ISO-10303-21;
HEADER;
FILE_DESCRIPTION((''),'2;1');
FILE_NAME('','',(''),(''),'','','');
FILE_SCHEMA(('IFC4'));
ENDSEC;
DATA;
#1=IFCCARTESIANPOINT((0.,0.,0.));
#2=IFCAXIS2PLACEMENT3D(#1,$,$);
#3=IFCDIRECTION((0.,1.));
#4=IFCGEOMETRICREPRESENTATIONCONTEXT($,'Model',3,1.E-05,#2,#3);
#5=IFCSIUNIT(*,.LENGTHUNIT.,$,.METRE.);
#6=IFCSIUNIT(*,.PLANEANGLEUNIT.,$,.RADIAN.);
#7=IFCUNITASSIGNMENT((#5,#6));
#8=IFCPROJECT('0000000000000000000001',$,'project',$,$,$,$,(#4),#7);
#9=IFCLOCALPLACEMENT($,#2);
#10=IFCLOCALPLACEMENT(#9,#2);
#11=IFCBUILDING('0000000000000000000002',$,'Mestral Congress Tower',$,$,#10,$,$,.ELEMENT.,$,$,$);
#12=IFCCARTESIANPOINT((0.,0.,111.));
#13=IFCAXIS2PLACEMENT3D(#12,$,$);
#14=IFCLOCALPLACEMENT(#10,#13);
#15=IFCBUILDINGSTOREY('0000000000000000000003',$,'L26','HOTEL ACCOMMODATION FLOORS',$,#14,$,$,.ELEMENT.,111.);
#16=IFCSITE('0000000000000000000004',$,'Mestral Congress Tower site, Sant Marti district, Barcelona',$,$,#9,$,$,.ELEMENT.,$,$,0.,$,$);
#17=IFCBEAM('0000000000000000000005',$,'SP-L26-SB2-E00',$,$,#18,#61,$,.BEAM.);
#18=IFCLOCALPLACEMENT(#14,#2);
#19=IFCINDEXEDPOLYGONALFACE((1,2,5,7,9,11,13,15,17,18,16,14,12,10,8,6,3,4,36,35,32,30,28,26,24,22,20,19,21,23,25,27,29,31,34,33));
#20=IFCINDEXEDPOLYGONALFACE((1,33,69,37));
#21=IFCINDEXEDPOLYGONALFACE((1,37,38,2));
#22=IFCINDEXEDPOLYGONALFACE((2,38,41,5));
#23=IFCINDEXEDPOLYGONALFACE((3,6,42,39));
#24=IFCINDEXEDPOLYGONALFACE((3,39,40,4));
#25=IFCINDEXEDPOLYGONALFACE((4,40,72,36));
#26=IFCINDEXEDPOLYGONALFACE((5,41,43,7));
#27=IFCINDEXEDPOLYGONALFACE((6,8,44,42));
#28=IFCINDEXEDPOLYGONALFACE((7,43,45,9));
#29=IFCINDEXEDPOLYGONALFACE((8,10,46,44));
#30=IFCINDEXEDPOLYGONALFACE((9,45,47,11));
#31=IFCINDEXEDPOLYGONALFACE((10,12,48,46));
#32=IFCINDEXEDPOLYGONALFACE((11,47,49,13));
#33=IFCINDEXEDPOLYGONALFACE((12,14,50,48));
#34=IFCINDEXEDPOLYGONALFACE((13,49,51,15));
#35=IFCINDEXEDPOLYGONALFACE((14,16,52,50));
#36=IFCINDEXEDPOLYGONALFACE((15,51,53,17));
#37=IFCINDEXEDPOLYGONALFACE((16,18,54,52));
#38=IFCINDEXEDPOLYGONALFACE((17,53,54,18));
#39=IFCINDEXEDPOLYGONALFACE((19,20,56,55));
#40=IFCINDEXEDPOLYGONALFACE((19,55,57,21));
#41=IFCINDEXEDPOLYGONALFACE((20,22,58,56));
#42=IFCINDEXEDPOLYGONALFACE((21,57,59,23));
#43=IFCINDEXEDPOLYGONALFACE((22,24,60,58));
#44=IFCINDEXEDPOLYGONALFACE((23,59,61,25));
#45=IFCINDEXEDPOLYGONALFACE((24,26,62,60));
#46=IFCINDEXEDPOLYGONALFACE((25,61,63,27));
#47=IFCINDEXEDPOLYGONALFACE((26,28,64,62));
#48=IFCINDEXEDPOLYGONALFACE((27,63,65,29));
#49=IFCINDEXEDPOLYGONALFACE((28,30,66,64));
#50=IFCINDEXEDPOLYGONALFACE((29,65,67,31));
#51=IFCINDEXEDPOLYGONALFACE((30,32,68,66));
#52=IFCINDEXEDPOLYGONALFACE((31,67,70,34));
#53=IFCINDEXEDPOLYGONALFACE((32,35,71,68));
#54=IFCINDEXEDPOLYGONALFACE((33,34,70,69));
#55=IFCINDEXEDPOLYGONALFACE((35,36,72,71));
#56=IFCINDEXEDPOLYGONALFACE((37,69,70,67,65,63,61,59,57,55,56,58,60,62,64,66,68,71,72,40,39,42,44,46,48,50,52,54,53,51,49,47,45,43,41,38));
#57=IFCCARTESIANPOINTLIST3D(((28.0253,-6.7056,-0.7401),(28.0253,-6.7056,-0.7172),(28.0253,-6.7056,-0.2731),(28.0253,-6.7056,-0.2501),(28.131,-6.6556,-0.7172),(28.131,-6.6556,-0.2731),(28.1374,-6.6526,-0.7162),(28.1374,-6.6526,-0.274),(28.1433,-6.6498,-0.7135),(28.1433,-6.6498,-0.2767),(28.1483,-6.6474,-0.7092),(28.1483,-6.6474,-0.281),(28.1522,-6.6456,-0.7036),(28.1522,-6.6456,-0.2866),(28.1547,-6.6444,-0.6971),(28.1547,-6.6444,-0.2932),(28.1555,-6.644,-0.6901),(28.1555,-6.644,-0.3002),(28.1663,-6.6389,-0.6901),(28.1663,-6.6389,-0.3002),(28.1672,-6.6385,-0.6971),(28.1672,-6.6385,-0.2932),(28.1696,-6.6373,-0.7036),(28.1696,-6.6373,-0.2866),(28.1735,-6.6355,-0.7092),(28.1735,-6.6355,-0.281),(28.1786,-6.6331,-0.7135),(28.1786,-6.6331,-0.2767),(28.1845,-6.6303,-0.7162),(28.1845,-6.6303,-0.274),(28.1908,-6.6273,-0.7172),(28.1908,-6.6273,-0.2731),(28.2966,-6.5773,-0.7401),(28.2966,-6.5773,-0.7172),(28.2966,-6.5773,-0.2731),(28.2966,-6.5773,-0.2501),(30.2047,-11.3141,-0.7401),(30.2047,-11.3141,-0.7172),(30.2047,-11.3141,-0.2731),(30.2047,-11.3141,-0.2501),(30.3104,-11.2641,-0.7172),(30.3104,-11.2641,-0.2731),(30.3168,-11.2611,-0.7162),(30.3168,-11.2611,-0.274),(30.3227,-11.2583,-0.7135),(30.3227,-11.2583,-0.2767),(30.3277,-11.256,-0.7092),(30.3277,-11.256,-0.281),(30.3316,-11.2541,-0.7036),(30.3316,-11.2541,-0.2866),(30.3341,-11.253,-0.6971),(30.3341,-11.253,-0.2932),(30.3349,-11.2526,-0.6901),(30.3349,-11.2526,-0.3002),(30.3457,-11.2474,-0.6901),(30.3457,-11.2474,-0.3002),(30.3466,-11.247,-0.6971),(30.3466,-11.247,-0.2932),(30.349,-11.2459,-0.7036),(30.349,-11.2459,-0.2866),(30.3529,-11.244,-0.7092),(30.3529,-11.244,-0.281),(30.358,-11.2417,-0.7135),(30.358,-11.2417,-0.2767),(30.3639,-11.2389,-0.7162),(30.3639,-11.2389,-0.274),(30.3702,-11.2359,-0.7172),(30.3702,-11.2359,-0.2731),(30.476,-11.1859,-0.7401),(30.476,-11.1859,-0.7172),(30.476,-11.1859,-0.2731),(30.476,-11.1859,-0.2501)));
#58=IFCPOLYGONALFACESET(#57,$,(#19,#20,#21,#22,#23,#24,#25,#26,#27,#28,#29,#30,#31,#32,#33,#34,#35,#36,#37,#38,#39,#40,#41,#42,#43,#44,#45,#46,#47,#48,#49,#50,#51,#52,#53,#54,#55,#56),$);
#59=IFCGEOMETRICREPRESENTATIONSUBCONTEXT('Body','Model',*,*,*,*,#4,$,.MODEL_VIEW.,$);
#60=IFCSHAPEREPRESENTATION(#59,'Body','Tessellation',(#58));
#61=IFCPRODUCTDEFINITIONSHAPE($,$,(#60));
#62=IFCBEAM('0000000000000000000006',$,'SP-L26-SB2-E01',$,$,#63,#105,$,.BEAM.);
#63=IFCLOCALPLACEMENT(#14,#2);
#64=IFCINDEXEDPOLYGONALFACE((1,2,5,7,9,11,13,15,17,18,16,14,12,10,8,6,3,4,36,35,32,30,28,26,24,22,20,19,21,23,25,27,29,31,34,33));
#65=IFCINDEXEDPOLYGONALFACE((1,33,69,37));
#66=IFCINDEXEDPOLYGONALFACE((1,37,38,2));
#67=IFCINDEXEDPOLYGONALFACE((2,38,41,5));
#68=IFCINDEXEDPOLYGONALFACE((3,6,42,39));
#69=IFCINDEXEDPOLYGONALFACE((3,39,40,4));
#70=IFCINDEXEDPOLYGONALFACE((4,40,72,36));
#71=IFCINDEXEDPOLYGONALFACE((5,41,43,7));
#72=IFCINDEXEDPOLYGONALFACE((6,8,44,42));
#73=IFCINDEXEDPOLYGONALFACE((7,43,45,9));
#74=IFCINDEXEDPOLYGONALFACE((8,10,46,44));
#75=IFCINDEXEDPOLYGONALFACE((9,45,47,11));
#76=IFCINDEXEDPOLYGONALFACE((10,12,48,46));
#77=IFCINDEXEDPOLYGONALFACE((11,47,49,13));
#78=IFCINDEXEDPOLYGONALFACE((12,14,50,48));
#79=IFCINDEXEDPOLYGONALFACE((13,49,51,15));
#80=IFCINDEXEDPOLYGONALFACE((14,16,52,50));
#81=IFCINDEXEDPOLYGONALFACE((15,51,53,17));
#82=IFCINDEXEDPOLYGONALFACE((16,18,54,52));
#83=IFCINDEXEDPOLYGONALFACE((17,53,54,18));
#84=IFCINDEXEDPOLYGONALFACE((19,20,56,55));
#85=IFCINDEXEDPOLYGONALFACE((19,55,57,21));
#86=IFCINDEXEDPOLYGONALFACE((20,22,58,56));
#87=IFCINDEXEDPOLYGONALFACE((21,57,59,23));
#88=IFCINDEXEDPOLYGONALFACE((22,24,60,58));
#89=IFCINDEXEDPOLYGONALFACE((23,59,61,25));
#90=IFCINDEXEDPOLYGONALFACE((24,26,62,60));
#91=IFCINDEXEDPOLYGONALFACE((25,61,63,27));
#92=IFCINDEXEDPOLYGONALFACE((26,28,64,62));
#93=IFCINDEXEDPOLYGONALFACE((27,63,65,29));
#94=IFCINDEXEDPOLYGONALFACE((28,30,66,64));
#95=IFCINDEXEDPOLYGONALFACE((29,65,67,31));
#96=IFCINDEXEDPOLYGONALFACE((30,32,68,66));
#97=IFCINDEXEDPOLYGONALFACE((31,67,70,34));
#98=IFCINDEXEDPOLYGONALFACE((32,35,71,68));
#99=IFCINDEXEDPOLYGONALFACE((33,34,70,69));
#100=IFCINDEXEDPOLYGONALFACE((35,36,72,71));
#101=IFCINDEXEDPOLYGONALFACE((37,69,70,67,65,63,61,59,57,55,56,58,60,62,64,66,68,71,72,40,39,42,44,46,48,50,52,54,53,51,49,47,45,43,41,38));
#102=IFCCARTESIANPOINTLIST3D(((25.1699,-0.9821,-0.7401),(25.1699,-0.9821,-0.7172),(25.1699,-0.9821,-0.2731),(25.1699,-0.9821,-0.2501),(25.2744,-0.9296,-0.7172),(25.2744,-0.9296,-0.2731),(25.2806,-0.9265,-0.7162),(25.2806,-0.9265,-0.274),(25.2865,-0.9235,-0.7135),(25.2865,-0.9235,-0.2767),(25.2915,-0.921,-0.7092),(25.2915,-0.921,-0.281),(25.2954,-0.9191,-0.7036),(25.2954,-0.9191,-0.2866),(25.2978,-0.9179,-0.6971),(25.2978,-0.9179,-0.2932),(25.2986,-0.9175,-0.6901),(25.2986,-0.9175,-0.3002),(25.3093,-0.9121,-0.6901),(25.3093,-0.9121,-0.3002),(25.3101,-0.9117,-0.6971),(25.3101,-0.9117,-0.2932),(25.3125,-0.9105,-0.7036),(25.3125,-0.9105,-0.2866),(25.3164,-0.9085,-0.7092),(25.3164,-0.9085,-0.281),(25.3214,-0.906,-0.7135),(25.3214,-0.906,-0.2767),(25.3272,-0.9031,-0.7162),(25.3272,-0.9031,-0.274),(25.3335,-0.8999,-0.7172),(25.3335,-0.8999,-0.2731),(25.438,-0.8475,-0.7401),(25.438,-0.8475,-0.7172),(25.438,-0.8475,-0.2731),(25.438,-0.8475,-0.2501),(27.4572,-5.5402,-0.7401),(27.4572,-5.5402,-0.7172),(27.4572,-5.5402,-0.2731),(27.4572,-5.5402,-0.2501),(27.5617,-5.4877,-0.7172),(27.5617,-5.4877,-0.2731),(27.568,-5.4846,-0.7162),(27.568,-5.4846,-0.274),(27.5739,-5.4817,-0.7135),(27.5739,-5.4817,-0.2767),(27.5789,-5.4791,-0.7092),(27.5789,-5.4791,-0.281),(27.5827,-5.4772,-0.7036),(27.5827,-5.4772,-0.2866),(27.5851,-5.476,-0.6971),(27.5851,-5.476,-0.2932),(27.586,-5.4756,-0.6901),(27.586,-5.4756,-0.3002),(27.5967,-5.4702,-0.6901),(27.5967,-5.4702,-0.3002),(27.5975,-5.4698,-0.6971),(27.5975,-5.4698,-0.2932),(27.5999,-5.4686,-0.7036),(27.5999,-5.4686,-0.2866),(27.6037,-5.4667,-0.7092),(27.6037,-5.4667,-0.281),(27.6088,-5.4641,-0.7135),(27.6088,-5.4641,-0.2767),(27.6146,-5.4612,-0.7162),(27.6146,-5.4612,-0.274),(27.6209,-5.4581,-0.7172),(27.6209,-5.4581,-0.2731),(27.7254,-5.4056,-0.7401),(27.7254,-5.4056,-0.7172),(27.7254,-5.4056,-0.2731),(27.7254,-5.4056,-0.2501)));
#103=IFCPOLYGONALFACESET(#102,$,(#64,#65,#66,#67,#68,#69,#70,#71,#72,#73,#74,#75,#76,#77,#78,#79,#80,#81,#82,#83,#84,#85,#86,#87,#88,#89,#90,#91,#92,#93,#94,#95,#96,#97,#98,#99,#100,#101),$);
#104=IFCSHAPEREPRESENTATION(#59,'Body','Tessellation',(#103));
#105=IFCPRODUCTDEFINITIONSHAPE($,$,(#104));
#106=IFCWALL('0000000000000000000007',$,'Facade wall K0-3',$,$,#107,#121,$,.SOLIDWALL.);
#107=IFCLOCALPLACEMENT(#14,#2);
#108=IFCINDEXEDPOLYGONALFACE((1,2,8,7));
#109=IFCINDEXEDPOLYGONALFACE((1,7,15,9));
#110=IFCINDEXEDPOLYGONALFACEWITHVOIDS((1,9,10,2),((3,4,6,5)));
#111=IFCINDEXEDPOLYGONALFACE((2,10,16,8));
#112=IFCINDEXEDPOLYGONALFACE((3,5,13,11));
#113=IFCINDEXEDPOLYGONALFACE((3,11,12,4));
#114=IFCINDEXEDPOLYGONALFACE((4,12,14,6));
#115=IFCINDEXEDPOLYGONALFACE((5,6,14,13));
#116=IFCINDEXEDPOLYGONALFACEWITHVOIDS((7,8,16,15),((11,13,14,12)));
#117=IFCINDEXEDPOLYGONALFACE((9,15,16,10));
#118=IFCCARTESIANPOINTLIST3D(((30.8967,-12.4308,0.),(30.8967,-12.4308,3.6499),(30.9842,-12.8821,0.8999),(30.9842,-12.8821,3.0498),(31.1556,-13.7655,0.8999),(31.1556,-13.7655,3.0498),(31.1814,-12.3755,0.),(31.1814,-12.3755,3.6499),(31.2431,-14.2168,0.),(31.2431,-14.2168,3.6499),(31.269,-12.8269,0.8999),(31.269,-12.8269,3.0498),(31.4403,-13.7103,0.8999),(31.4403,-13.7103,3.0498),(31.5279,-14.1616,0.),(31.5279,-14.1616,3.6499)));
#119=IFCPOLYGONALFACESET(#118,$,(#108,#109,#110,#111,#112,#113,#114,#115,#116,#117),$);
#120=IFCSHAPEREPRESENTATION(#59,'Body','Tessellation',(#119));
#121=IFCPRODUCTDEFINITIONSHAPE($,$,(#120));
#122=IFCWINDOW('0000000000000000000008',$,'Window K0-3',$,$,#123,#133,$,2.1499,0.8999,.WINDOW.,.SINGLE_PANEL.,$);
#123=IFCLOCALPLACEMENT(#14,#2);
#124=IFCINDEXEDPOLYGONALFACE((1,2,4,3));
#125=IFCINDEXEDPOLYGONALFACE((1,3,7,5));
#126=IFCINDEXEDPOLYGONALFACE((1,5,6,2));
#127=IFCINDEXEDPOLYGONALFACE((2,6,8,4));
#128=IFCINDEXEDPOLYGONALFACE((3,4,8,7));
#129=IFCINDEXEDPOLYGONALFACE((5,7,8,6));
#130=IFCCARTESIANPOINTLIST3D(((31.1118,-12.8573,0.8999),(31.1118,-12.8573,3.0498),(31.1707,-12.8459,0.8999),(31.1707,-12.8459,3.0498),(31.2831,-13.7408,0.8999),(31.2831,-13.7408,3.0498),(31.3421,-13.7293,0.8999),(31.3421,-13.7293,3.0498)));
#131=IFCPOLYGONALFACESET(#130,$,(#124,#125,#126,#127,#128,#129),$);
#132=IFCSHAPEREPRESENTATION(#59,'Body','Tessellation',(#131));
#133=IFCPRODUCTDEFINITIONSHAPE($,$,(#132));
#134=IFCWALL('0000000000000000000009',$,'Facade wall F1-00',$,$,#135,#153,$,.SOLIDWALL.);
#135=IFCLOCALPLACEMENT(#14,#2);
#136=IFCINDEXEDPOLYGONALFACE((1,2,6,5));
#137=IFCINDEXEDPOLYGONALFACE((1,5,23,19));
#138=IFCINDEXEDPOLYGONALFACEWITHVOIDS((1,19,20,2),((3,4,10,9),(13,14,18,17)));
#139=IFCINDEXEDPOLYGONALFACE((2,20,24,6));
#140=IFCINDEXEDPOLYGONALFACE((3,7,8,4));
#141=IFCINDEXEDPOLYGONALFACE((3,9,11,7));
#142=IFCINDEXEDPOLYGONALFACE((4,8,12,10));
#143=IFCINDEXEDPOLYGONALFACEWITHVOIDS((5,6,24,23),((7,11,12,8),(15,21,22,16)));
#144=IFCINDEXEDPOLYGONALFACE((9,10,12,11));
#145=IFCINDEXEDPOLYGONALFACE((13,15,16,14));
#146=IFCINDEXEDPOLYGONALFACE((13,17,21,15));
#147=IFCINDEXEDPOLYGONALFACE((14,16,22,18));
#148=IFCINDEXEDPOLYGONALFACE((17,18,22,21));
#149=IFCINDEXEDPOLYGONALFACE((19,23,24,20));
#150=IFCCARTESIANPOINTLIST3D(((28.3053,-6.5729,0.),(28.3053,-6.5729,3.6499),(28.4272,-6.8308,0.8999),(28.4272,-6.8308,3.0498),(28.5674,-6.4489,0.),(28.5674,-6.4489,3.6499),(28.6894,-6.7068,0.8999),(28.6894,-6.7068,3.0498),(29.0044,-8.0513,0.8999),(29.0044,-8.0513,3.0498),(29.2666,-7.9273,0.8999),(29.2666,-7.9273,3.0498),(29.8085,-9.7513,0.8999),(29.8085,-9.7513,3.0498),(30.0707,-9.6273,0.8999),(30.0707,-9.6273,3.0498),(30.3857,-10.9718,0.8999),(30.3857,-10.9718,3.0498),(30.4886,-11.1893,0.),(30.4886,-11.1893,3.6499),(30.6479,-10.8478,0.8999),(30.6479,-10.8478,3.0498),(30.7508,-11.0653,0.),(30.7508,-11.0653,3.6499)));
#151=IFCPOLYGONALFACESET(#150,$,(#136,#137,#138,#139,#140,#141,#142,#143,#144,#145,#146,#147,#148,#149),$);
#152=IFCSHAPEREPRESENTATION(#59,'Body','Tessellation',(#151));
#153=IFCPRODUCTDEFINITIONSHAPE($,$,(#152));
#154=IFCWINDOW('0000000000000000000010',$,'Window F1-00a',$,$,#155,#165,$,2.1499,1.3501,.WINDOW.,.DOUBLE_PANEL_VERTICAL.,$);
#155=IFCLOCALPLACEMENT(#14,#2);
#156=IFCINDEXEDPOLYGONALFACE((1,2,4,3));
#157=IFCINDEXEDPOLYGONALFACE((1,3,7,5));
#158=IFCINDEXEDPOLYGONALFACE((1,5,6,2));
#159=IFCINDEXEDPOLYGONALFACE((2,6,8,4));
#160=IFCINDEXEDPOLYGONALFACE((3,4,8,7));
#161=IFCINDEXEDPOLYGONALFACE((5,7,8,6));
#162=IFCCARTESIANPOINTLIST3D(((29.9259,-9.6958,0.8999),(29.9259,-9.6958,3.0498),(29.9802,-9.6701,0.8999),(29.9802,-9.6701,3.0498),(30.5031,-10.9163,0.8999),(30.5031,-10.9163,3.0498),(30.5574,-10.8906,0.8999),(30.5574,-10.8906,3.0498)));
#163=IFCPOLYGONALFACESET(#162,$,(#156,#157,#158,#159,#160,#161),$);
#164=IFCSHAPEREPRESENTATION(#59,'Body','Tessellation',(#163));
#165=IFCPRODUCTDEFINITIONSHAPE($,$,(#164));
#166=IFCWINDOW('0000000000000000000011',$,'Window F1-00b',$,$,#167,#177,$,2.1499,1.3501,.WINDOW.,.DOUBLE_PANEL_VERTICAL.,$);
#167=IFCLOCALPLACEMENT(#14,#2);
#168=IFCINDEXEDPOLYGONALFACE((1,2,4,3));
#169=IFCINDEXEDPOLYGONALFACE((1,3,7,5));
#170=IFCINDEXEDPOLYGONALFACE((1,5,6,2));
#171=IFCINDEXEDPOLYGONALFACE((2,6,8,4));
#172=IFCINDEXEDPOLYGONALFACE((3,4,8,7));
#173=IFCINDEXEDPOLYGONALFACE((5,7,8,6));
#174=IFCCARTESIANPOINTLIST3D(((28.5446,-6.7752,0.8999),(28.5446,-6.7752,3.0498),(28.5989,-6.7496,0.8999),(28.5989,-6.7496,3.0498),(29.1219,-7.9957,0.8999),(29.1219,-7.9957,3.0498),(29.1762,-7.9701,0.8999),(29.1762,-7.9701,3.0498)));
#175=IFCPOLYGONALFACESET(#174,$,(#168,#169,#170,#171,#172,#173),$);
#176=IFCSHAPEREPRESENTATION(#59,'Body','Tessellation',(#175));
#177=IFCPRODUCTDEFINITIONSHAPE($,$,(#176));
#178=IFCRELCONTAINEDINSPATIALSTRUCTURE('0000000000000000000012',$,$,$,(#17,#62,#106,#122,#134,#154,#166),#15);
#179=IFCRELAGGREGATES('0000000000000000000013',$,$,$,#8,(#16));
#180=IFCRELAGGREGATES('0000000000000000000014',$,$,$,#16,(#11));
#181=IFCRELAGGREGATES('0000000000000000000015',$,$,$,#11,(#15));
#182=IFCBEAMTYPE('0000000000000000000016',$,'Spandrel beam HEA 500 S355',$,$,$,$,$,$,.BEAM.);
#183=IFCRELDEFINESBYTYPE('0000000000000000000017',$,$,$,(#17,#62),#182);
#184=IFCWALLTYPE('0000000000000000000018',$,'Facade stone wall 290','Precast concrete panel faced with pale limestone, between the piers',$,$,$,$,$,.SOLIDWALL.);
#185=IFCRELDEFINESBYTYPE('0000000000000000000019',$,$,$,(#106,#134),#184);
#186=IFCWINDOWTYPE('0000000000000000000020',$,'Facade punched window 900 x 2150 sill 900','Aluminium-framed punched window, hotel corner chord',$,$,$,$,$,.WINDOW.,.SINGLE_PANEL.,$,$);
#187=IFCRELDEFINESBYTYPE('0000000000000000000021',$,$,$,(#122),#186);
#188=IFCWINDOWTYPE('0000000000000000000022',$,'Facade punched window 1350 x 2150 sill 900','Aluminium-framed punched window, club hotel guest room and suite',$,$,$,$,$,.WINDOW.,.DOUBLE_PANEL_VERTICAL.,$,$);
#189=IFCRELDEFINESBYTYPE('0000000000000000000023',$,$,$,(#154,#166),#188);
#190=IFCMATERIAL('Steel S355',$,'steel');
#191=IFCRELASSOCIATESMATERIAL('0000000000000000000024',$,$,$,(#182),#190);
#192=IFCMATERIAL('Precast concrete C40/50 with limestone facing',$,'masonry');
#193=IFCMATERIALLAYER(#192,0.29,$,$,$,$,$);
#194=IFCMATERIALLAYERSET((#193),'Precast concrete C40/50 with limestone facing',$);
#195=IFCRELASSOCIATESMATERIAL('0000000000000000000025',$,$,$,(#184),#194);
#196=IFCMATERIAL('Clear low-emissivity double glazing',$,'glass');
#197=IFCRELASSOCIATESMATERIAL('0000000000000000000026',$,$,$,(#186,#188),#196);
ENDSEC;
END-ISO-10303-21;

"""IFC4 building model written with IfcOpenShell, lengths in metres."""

from ifc_helpers import new_model, si_unit, direction, frame, frame_2d, origin, origin_2d, place, context, subcontext, project, spatial, rectangle, i_section, extrude, material, layer, layer_set, material_profile, profile_set, type_object, element, fill, save


model = new_model("IFC4")

# Units and contexts
model_context = context("Model", 3, precision=1e-05, world=origin(), true_north=direction((0.0, 1.0)))
body_context = subcontext(model_context, "Body", "Model", "MODEL_VIEW")
ifc_project = project(units=[si_unit("LENGTHUNIT", "METRE"), si_unit("PLANEANGLEUNIT", "RADIAN")], contexts=[model_context])

# Site, building, storey
site_placement = place(None, origin())
site = spatial("IfcSite", under=ifc_project, at=site_placement, Name="Mestral Congress Tower site, Sant Marti district, Barcelona", CompositionType="ELEMENT", RefElevation=0.0)
building_placement = place(site_placement, origin())
building = spatial("IfcBuilding", under=site, at=building_placement, Name="Mestral Congress Tower", CompositionType="ELEMENT")
storey_placement = place(building_placement, frame((0.0, 0.0, 111.0)))
storey = spatial("IfcBuildingStorey", under=building, at=storey_placement, Name="L26", Description="HOTEL ACCOMMODATION FLOORS", CompositionType="ELEMENT", Elevation=111.0)

# Beams
ifc_material_1 = material(Name="Steel S355", Category="steel")
ifc_material_profile_1 = material_profile(ifc_material_1, i_section(OverallWidth=0.3, OverallDepth=0.49, WebThickness=0.012, FlangeThickness=0.0229, FilletRadius=0.0271, at=origin_2d()), Name="HEA 500")
ifc_profile_set_1 = profile_set([ifc_material_profile_1], Name="Steel S355")
beam_type_1 = type_object("IfcBeamType", Name="Spandrel beam HEA 500 S355", PredefinedType="BEAM", material=ifc_profile_set_1)
beam_1_placement = place(storey_placement, frame((30.3403, -11.25, -0.4951), z_axis=(-0.42751, 0.904011, 0.0), x_axis=(-0.904011, -0.42751, 0.0)))
element("IfcBeam", 1, at=beam_1_placement, inside=storey, type_object=beam_type_1, Name="SP-L26-SB2-E00", PredefinedType="BEAM", context=body_context, shape_type="SweptSolid", body=[
    extrude(i_section(OverallWidth=0.3, OverallDepth=0.49, WebThickness=0.012, FlangeThickness=0.0229, FilletRadius=0.0271, at=origin_2d()), origin(), (0.0, 0.0, 1.0), 5.0979),
])
beam_2_placement = place(storey_placement, frame((27.5913, -5.4729, -0.4951), z_axis=(-0.448515, 0.893775, 0.0), x_axis=(-0.893775, -0.448515, 0.0)))
element("IfcBeam", 2, at=beam_2_placement, inside=storey, type_object=beam_type_1, Name="SP-L26-SB2-E01", PredefinedType="BEAM", context=body_context, shape_type="SweptSolid", body=[
    extrude(i_section(OverallWidth=0.3, OverallDepth=0.49, WebThickness=0.012, FlangeThickness=0.0229, FilletRadius=0.0271, at=origin_2d()), origin(), (0.0, 0.0, 1.0), 5.0999),
])

# Wall, opening, window
ifc_material_2 = material(Name="Precast concrete C40/50 with limestone facing", Category="masonry")
ifc_layer_1 = layer(ifc_material_2, 0.29)
ifc_layer_set_1 = layer_set([ifc_layer_1], Name="Precast concrete C40/50 with limestone facing")
wall_type_1 = type_object("IfcWallType", Name="Facade stone wall 290", Description="Precast concrete panel faced with pale limestone, between the piers", PredefinedType="SOLIDWALL", material=ifc_layer_set_1)
wall_1_placement = place(storey_placement, frame((31.3855, -14.1892, 0.0), z_axis=(0.0, 0.0, 1.0), x_axis=(-0.19041, 0.981705, 0.0)))
wall_1 = element("IfcWall", 3, at=wall_1_placement, inside=storey, type_object=wall_type_1, Name="Facade wall K0-3", PredefinedType="SOLIDWALL", context=body_context, shape_type="SweptSolid", body=[
    extrude(rectangle(XDim=1.8193, YDim=0.29, at=frame_2d((0.9097, 0.0))), origin(), (0.0, 0.0, 1.0), 3.6499),
])
opening_1_placement = place(wall_1_placement, frame((0.4597, 0.0, 0.8999)))
opening_1 = element("IfcOpeningElement", 4, at=opening_1_placement, cuts=wall_1, PredefinedType="OPENING", context=body_context, shape_type="SweptSolid", body=[
    extrude(rectangle(XDim=0.8999, YDim=2.1499, at=frame_2d((0.45, 1.075))), frame((0.0, 0.155, 0.0), z_axis=(0.0, -1.0, 0.0), x_axis=(1.0, 0.0, 0.0)), (0.0, 0.0, 1.0), 0.3101),
])
ifc_material_3 = material(Name="Clear low-emissivity double glazing", Category="glass")
window_type_1 = type_object("IfcWindowType", Name="Facade punched window 900 x 2150 sill 900", Description="Aluminium-framed punched window, hotel corner chord", PartitioningType="SINGLE_PANEL", PredefinedType="WINDOW", material=ifc_material_3)
window_1_placement = place(opening_1_placement, origin())
window_1 = element("IfcWindow", 5, at=window_1_placement, inside=storey, type_object=window_type_1, Name="Window K0-3", OverallHeight=2.1499, OverallWidth=0.8999, PartitioningType="SINGLE_PANEL", PredefinedType="WINDOW", context=body_context, shape_type="SweptSolid", body=[
    extrude(rectangle(XDim=0.8999, YDim=2.1499, at=frame_2d((0.45, 1.075))), frame((0.0, 0.0151, 0.0), z_axis=(0.0, -1.0, 0.0), x_axis=(1.0, 0.0, 0.0)), (0.0, 0.0, 1.0), 0.0601),
])
fill(opening_1, window_1)

# Wall, openings, windows
wall_2_placement = place(storey_placement, frame((30.6196, -11.1272, 0.0), z_axis=(0.0, 0.0, 1.0), x_axis=(-0.427544, 0.903995, 0.0)))
wall_2 = element("IfcWall", 6, at=wall_2_placement, inside=storey, type_object=wall_type_1, Name="Facade wall F1-00", PredefinedType="SOLIDWALL", context=body_context, shape_type="SweptSolid", body=[
    extrude(rectangle(XDim=5.1067, YDim=0.29, at=frame_2d((2.5532, 0.0))), origin(), (0.0, 0.0, 1.0), 3.6499),
])
opening_2_placement = place(wall_2_placement, frame((0.2405, 0.0, 0.8999)))
opening_2 = element("IfcOpeningElement", 7, at=opening_2_placement, cuts=wall_2, PredefinedType="OPENING", context=body_context, shape_type="SweptSolid", body=[
    extrude(rectangle(XDim=1.3501, YDim=2.1499, at=frame_2d((0.675, 1.075))), frame((0.0, 0.155, 0.0), z_axis=(0.0, -1.0, 0.0), x_axis=(1.0, 0.0, 0.0)), (0.0, 0.0, 1.0), 0.3101),
])
opening_3_placement = place(wall_2_placement, frame((3.4712, 0.0, 0.8999)))
opening_3 = element("IfcOpeningElement", 8, at=opening_3_placement, cuts=wall_2, PredefinedType="OPENING", context=body_context, shape_type="SweptSolid", body=[
    extrude(rectangle(XDim=1.3501, YDim=2.1499, at=frame_2d((0.675, 1.075))), frame((0.0, 0.155, 0.0), z_axis=(0.0, -1.0, 0.0), x_axis=(1.0, 0.0, 0.0)), (0.0, 0.0, 1.0), 0.3101),
])
window_type_2 = type_object("IfcWindowType", Name="Facade punched window 1350 x 2150 sill 900", Description="Aluminium-framed punched window, club hotel guest room and suite", PartitioningType="DOUBLE_PANEL_VERTICAL", PredefinedType="WINDOW", material=ifc_material_3)
window_2_placement = place(opening_2_placement, origin())
window_2 = element("IfcWindow", 9, at=window_2_placement, inside=storey, type_object=window_type_2, Name="Window F1-00a", OverallHeight=2.1499, OverallWidth=1.3501, PartitioningType="DOUBLE_PANEL_VERTICAL", PredefinedType="WINDOW", context=body_context, shape_type="SweptSolid", body=[
    extrude(rectangle(XDim=1.3501, YDim=2.1499, at=frame_2d((0.675, 1.075))), frame((0.0, 0.0151, 0.0), z_axis=(0.0, -1.0, 0.0), x_axis=(1.0, 0.0, 0.0)), (0.0, 0.0, 1.0), 0.0601),
])
fill(opening_2, window_2)
window_3_placement = place(opening_3_placement, origin())
window_3 = element("IfcWindow", 10, at=window_3_placement, inside=storey, type_object=window_type_2, Name="Window F1-00b", OverallHeight=2.1499, OverallWidth=1.3501, PartitioningType="DOUBLE_PANEL_VERTICAL", PredefinedType="WINDOW", context=body_context, shape_type="SweptSolid", body=[
    extrude(rectangle(XDim=1.3501, YDim=2.1499, at=frame_2d((0.675, 1.075))), frame((0.0, 0.0151, 0.0), z_axis=(0.0, -1.0, 0.0), x_axis=(1.0, 0.0, 0.0)), (0.0, 0.0, 1.0), 0.0601),
])
fill(opening_3, window_3)

save(model, "model.ifc")
